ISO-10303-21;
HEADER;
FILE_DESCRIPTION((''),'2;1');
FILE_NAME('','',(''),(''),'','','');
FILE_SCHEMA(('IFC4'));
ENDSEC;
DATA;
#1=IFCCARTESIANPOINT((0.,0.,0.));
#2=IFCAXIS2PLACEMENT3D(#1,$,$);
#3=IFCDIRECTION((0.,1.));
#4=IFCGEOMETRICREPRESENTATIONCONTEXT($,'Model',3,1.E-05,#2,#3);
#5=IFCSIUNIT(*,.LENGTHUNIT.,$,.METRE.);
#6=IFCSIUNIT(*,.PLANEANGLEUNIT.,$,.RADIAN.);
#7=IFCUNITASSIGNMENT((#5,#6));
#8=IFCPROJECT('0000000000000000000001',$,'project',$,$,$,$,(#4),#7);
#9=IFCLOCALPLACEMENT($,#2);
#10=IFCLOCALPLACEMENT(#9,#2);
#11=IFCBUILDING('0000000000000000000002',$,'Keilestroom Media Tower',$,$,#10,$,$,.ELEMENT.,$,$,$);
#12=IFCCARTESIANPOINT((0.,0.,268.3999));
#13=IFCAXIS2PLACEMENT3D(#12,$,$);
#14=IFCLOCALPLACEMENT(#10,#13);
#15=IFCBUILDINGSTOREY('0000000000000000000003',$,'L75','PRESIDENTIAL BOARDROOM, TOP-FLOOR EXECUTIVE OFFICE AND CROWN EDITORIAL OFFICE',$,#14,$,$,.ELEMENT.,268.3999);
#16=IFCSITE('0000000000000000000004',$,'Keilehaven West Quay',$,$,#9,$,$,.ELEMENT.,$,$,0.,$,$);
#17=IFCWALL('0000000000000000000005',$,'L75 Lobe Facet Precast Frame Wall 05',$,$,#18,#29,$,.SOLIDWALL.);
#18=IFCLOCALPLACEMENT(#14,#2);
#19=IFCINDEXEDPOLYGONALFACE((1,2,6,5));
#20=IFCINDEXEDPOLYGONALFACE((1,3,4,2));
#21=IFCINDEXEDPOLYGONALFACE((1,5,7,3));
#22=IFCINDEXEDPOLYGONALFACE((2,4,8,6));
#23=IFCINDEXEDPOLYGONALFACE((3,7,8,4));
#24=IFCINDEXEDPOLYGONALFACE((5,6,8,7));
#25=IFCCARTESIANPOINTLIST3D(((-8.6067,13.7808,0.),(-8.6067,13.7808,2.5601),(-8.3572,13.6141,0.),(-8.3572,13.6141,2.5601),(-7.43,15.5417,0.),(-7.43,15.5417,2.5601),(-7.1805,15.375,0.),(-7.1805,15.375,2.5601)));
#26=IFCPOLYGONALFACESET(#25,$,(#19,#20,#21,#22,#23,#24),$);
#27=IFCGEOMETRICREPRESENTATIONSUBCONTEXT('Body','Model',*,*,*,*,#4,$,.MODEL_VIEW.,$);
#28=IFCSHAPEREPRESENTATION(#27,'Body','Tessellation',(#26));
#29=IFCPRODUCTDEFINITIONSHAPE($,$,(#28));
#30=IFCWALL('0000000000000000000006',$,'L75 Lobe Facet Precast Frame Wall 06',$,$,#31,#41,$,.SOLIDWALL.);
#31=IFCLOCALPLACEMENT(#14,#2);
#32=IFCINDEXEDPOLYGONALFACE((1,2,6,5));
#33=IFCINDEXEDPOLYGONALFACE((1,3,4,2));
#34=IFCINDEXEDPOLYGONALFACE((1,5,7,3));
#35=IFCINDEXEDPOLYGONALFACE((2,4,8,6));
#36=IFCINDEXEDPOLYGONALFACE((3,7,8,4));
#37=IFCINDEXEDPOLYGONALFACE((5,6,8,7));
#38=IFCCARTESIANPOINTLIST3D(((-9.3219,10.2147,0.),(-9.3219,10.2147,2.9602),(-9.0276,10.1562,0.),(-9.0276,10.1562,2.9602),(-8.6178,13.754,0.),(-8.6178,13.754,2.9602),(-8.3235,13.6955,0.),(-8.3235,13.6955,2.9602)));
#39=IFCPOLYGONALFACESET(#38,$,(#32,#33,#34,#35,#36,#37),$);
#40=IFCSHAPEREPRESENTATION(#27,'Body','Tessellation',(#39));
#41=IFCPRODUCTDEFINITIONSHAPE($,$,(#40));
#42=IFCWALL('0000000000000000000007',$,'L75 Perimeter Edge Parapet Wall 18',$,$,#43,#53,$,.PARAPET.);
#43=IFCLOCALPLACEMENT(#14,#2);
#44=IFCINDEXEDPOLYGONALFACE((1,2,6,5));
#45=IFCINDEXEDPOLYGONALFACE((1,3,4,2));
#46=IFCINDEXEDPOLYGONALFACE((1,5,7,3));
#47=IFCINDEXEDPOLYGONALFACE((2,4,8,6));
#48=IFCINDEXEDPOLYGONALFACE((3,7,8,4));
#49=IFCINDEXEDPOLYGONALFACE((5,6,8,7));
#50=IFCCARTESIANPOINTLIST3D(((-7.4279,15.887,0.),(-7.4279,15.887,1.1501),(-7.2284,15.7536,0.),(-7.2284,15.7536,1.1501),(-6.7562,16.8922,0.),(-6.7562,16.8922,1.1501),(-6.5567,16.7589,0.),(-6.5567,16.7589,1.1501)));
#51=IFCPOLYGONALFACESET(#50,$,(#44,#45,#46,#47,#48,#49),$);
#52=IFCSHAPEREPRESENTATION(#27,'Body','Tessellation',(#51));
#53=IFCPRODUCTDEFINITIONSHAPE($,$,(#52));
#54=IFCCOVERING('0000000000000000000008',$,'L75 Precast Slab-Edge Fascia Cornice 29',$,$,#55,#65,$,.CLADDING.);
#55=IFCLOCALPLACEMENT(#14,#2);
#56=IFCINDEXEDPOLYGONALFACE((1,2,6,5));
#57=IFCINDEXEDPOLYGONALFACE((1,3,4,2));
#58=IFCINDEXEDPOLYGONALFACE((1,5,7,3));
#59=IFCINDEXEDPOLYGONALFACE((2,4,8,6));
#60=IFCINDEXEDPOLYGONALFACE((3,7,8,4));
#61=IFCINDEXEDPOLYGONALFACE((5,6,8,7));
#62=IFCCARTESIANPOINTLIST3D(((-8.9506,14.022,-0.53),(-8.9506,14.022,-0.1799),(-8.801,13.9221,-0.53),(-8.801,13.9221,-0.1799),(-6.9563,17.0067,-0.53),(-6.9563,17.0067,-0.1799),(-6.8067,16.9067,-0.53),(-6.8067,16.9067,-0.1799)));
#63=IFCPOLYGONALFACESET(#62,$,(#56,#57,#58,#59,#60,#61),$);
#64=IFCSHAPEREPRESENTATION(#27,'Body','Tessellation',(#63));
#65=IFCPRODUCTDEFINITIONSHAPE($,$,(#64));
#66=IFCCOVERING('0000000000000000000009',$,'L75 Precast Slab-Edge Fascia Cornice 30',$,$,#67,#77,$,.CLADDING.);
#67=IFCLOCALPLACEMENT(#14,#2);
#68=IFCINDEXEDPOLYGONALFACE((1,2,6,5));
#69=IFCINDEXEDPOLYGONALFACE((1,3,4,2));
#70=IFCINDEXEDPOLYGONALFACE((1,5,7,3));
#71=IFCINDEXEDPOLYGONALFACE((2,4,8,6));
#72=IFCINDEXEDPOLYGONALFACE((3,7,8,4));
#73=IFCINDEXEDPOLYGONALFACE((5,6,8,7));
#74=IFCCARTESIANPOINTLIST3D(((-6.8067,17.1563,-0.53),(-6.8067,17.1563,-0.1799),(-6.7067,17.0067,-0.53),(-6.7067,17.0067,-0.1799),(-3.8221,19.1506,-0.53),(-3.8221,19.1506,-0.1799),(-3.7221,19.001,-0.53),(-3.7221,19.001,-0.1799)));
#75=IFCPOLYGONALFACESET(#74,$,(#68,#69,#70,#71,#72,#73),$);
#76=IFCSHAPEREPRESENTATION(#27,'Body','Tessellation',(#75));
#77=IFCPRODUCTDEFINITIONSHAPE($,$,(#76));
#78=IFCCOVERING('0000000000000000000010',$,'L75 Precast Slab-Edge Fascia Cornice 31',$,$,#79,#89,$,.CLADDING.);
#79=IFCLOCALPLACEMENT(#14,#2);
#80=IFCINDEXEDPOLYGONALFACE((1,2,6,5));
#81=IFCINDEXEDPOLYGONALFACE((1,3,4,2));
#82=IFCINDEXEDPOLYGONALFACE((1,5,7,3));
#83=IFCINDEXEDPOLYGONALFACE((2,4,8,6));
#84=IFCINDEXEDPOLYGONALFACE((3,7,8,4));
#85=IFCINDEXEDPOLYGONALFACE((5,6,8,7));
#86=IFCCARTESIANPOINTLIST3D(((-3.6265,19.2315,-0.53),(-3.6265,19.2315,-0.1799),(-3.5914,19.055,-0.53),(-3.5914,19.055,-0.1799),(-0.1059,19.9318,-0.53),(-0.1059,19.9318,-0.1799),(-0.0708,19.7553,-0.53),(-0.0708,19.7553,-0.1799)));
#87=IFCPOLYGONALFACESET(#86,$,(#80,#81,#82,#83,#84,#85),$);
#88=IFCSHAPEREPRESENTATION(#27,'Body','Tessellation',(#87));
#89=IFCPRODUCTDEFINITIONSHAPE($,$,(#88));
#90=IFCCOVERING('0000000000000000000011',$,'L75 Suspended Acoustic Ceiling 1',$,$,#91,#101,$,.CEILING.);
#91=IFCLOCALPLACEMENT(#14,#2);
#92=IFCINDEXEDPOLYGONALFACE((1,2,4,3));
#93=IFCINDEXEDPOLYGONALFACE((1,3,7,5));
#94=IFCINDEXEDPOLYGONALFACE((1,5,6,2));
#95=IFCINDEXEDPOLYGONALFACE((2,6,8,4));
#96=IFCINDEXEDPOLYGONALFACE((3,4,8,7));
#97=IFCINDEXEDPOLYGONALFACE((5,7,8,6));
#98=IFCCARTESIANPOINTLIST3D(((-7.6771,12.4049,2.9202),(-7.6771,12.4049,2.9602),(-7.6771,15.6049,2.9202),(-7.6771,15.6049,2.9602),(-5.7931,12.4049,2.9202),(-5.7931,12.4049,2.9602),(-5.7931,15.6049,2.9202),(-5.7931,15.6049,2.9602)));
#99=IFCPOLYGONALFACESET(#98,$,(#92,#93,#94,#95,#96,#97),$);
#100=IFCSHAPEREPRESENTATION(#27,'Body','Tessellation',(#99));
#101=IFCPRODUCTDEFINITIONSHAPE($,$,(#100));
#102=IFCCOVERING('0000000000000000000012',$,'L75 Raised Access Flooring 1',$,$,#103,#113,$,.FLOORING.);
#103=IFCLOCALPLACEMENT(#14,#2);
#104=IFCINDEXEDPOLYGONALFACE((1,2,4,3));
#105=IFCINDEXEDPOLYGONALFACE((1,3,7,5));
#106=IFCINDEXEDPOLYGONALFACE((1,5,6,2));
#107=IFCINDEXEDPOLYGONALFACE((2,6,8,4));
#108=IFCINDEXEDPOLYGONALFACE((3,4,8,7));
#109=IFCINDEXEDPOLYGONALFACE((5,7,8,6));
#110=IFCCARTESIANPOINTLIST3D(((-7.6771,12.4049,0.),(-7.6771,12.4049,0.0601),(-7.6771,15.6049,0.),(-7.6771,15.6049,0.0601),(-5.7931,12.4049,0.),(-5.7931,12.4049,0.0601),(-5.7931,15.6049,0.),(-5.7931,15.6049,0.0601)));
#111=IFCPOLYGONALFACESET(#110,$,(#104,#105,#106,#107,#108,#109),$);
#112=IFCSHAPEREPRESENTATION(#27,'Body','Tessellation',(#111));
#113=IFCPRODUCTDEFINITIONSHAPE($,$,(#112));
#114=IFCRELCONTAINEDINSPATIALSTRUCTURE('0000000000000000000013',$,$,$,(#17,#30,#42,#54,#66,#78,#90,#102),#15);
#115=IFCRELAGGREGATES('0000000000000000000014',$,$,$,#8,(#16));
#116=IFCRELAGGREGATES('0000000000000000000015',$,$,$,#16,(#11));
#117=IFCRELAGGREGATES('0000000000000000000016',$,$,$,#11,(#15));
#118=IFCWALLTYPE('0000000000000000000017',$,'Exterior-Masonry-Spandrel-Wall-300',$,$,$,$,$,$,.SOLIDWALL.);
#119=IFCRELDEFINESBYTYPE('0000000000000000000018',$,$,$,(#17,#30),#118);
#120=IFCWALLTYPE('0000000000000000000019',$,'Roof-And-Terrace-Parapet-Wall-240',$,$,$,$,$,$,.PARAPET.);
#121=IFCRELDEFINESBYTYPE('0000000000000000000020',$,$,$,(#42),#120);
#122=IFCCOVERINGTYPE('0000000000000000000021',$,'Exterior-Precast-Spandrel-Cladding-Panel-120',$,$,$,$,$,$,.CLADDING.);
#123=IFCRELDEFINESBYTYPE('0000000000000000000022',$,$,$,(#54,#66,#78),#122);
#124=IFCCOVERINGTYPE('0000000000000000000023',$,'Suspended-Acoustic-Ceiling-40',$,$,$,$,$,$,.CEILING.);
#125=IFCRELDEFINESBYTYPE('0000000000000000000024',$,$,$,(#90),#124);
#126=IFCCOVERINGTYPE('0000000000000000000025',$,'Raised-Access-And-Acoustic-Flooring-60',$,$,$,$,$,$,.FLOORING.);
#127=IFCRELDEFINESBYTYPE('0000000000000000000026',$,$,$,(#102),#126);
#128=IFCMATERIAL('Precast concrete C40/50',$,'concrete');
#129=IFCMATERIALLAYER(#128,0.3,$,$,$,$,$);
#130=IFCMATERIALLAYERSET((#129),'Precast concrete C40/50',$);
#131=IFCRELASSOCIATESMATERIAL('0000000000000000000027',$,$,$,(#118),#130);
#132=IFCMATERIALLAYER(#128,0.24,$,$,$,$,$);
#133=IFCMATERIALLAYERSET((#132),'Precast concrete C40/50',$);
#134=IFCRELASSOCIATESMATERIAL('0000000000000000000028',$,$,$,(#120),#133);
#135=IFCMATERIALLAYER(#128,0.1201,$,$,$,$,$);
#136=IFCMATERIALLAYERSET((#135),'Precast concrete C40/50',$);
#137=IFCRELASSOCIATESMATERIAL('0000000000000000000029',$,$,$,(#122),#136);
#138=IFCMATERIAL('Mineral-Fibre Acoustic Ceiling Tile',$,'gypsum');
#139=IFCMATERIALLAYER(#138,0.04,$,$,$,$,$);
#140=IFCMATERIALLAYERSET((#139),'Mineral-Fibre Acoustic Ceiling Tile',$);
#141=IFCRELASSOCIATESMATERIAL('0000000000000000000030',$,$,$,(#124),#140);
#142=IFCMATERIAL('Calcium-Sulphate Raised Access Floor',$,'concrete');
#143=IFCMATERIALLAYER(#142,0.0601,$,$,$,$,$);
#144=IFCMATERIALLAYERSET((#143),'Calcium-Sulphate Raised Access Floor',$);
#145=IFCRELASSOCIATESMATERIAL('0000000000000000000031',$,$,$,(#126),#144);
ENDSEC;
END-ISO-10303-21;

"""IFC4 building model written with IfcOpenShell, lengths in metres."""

from ifc_helpers import new_model, si_unit, direction, frame, frame_2d, origin, origin_2d, place, context, subcontext, project, spatial, rectangle, extrude, source, transform, mapped, material, layer, layer_set, type_object, element, save


model = new_model("IFC4")

# Units and contexts
model_context = context("Model", 3, precision=1e-05, world=origin(), true_north=direction((0.0, 1.0)))
body_context = subcontext(model_context, "Body", "Model", "MODEL_VIEW")
ifc_project = project(units=[si_unit("LENGTHUNIT", "METRE"), si_unit("PLANEANGLEUNIT", "RADIAN")], contexts=[model_context])

# Site, building, storey
site_placement = place(None, origin())
site = spatial("IfcSite", under=ifc_project, at=site_placement, Name="Keilehaven West Quay", CompositionType="ELEMENT", RefElevation=0.0)
building_placement = place(site_placement, origin())
building = spatial("IfcBuilding", under=site, at=building_placement, Name="Keilestroom Media Tower", CompositionType="ELEMENT")
storey_placement = place(building_placement, frame((0.0, 0.0, 268.3999)))
storey = spatial("IfcBuildingStorey", under=building, at=storey_placement, Name="L75", Description="PRESIDENTIAL BOARDROOM, TOP-FLOOR EXECUTIVE OFFICE AND CROWN EDITORIAL OFFICE", CompositionType="ELEMENT", Elevation=268.3999)

# Walls
ifc_material_1 = material(Name="Precast concrete C40/50", Category="concrete")
ifc_layer_1 = layer(ifc_material_1, 0.3)
ifc_layer_set_1 = layer_set([ifc_layer_1], Name="Precast concrete C40/50")
wall_type_1 = type_object("IfcWallType", Name="Exterior-Masonry-Spandrel-Wall-300", PredefinedType="SOLIDWALL", material=ifc_layer_set_1)
wall_1_placement = place(storey_placement, frame((-7.3052, 15.4585, 0.0), z_axis=(0.0, 0.0, 1.0), x_axis=(-0.555604, -0.831447, 0.0)))
element("IfcWall", 1, at=wall_1_placement, inside=storey, type_object=wall_type_1, Name="L75 Lobe Facet Precast Frame Wall 05", PredefinedType="SOLIDWALL", context=body_context, shape_type="SweptSolid", body=[
    extrude(rectangle(XDim=2.1179, YDim=0.3, at=frame_2d((1.0591, 0.0))), origin(), (0.0, 0.0, 1.0), 2.5601),
])
wall_2_placement = place(storey_placement, frame((-8.4707, 13.7246, 0.0), z_axis=(0.0, 0.0, 1.0), x_axis=(-0.195114, -0.980781, 0.0)))
element("IfcWall", 2, at=wall_2_placement, inside=storey, type_object=wall_type_1, Name="L75 Lobe Facet Precast Frame Wall 06", PredefinedType="SOLIDWALL", context=body_context, shape_type="SweptSolid", body=[
    extrude(rectangle(XDim=3.6086, YDim=0.3, at=frame_2d((1.8042, 0.0))), origin(), (0.0, 0.0, 1.0), 2.9602),
])
ifc_layer_2 = layer(ifc_material_1, 0.24)
ifc_layer_set_2 = layer_set([ifc_layer_2], Name="Precast concrete C40/50")
wall_type_2 = type_object("IfcWallType", Name="Roof-And-Terrace-Parapet-Wall-240", PredefinedType="PARAPET", material=ifc_layer_set_2)
wall_3_placement = place(storey_placement, frame((-7.3281, 15.8203, 0.0), z_axis=(0.0, 0.0, 1.0), x_axis=(0.555585, 0.831459, 0.0)))
element("IfcWall", 3, at=wall_3_placement, inside=storey, type_object=wall_type_2, Name="L75 Perimeter Edge Parapet Wall 18", PredefinedType="PARAPET", context=body_context, shape_type="SweptSolid", body=[
    extrude(rectangle(XDim=1.209, YDim=0.24, at=frame_2d((0.6045, 0.0))), origin(), (0.0, 0.0, 1.0), 1.1501),
])

# Coverings
ifc_layer_3 = layer(ifc_material_1, 0.1201)
ifc_layer_set_3 = layer_set([ifc_layer_3], Name="Precast concrete C40/50")
covering_type_1 = type_object("IfcCoveringType", Name="Exterior-Precast-Spandrel-Cladding-Panel-120", PredefinedType="CLADDING", material=ifc_layer_set_3)
shared_shape_1 = source(origin(), body_context, "Body", "SweptSolid", [
    extrude(rectangle(XDim=3.5896, YDim=0.1799, at=origin_2d()), origin(), (0.0, 0.0, 1.0), 0.3501),
])
for number, where, z_axis, x_axis, name in (
    (4, (-7.8787, 15.4644, -0.53), (0.0, 0.0, 1.0), (0.555575, 0.831467, 0.0), "L75 Precast Slab-Edge Fascia Cornice 29"),
    (5, (-5.2644, 18.0786, -0.53), (0.0, 0.0, 1.0), (0.831467, 0.555575, 0.0), "L75 Precast Slab-Edge Fascia Cornice 30"),
    (6, (-1.8486, 19.4934, -0.53), (0.0, 0.0, 1.0), (0.980784, 0.195099, 0.0), "L75 Precast Slab-Edge Fascia Cornice 31"),
):
    element("IfcCovering", number, at=place(storey_placement, frame(where, z_axis=z_axis, x_axis=x_axis)), inside=storey, type_object=covering_type_1, Name=name, PredefinedType="CLADDING", context=body_context, shape_type="MappedRepresentation", body=[
        mapped(shared_shape_1, transform((0.0, 0.0, 0.0), x_axis=(1.0, 0.0, 0.0), y_axis=(0.0, 1.0, 0.0), z_axis=(0.0, 0.0, 1.0), scale=1.0)),
    ])
ifc_material_2 = material(Name="Mineral-Fibre Acoustic Ceiling Tile", Category="gypsum")
ifc_layer_4 = layer(ifc_material_2, 0.04)
ifc_layer_set_4 = layer_set([ifc_layer_4], Name="Mineral-Fibre Acoustic Ceiling Tile")
covering_type_2 = type_object("IfcCoveringType", Name="Suspended-Acoustic-Ceiling-40", PredefinedType="CEILING", material=ifc_layer_set_4)
shared_shape_2 = source(origin(), body_context, "Body", "SweptSolid", [
    extrude(rectangle(XDim=1.884, YDim=3.2, at=origin_2d()), origin(), (0.0, 0.0, 1.0), 0.04),
])
covering_1_placement = place(storey_placement, frame((-6.7351, 14.0049, 2.9202), z_axis=(0.0, 0.0, 1.0), x_axis=(1.0, 0.0, 0.0)))
element("IfcCovering", 7, at=covering_1_placement, inside=storey, type_object=covering_type_2, Name="L75 Suspended Acoustic Ceiling 1", PredefinedType="CEILING", context=body_context, shape_type="MappedRepresentation", body=[
    mapped(shared_shape_2, transform((0.0, 0.0, 0.0), x_axis=(1.0, 0.0, 0.0), y_axis=(0.0, 1.0, 0.0), z_axis=(0.0, 0.0, 1.0), scale=1.0)),
])
ifc_material_3 = material(Name="Calcium-Sulphate Raised Access Floor", Category="concrete")
ifc_layer_5 = layer(ifc_material_3, 0.0601)
ifc_layer_set_5 = layer_set([ifc_layer_5], Name="Calcium-Sulphate Raised Access Floor")
covering_type_3 = type_object("IfcCoveringType", Name="Raised-Access-And-Acoustic-Flooring-60", PredefinedType="FLOORING", material=ifc_layer_set_5)
shared_shape_3 = source(origin(), body_context, "Body", "SweptSolid", [
    extrude(rectangle(XDim=1.884, YDim=3.2, at=origin_2d()), origin(), (0.0, 0.0, 1.0), 0.0601),
])
covering_2_placement = place(storey_placement, frame((-6.7351, 14.0049, 0.0), z_axis=(0.0, 0.0, 1.0), x_axis=(1.0, 0.0, 0.0)))
element("IfcCovering", 8, at=covering_2_placement, inside=storey, type_object=covering_type_3, Name="L75 Raised Access Flooring 1", PredefinedType="FLOORING", context=body_context, shape_type="MappedRepresentation", body=[
    mapped(shared_shape_3, transform((0.0, 0.0, 0.0), x_axis=(1.0, 0.0, 0.0), y_axis=(0.0, 1.0, 0.0), z_axis=(0.0, 0.0, 1.0), scale=1.0)),
])

save(model, "model.ifc")
